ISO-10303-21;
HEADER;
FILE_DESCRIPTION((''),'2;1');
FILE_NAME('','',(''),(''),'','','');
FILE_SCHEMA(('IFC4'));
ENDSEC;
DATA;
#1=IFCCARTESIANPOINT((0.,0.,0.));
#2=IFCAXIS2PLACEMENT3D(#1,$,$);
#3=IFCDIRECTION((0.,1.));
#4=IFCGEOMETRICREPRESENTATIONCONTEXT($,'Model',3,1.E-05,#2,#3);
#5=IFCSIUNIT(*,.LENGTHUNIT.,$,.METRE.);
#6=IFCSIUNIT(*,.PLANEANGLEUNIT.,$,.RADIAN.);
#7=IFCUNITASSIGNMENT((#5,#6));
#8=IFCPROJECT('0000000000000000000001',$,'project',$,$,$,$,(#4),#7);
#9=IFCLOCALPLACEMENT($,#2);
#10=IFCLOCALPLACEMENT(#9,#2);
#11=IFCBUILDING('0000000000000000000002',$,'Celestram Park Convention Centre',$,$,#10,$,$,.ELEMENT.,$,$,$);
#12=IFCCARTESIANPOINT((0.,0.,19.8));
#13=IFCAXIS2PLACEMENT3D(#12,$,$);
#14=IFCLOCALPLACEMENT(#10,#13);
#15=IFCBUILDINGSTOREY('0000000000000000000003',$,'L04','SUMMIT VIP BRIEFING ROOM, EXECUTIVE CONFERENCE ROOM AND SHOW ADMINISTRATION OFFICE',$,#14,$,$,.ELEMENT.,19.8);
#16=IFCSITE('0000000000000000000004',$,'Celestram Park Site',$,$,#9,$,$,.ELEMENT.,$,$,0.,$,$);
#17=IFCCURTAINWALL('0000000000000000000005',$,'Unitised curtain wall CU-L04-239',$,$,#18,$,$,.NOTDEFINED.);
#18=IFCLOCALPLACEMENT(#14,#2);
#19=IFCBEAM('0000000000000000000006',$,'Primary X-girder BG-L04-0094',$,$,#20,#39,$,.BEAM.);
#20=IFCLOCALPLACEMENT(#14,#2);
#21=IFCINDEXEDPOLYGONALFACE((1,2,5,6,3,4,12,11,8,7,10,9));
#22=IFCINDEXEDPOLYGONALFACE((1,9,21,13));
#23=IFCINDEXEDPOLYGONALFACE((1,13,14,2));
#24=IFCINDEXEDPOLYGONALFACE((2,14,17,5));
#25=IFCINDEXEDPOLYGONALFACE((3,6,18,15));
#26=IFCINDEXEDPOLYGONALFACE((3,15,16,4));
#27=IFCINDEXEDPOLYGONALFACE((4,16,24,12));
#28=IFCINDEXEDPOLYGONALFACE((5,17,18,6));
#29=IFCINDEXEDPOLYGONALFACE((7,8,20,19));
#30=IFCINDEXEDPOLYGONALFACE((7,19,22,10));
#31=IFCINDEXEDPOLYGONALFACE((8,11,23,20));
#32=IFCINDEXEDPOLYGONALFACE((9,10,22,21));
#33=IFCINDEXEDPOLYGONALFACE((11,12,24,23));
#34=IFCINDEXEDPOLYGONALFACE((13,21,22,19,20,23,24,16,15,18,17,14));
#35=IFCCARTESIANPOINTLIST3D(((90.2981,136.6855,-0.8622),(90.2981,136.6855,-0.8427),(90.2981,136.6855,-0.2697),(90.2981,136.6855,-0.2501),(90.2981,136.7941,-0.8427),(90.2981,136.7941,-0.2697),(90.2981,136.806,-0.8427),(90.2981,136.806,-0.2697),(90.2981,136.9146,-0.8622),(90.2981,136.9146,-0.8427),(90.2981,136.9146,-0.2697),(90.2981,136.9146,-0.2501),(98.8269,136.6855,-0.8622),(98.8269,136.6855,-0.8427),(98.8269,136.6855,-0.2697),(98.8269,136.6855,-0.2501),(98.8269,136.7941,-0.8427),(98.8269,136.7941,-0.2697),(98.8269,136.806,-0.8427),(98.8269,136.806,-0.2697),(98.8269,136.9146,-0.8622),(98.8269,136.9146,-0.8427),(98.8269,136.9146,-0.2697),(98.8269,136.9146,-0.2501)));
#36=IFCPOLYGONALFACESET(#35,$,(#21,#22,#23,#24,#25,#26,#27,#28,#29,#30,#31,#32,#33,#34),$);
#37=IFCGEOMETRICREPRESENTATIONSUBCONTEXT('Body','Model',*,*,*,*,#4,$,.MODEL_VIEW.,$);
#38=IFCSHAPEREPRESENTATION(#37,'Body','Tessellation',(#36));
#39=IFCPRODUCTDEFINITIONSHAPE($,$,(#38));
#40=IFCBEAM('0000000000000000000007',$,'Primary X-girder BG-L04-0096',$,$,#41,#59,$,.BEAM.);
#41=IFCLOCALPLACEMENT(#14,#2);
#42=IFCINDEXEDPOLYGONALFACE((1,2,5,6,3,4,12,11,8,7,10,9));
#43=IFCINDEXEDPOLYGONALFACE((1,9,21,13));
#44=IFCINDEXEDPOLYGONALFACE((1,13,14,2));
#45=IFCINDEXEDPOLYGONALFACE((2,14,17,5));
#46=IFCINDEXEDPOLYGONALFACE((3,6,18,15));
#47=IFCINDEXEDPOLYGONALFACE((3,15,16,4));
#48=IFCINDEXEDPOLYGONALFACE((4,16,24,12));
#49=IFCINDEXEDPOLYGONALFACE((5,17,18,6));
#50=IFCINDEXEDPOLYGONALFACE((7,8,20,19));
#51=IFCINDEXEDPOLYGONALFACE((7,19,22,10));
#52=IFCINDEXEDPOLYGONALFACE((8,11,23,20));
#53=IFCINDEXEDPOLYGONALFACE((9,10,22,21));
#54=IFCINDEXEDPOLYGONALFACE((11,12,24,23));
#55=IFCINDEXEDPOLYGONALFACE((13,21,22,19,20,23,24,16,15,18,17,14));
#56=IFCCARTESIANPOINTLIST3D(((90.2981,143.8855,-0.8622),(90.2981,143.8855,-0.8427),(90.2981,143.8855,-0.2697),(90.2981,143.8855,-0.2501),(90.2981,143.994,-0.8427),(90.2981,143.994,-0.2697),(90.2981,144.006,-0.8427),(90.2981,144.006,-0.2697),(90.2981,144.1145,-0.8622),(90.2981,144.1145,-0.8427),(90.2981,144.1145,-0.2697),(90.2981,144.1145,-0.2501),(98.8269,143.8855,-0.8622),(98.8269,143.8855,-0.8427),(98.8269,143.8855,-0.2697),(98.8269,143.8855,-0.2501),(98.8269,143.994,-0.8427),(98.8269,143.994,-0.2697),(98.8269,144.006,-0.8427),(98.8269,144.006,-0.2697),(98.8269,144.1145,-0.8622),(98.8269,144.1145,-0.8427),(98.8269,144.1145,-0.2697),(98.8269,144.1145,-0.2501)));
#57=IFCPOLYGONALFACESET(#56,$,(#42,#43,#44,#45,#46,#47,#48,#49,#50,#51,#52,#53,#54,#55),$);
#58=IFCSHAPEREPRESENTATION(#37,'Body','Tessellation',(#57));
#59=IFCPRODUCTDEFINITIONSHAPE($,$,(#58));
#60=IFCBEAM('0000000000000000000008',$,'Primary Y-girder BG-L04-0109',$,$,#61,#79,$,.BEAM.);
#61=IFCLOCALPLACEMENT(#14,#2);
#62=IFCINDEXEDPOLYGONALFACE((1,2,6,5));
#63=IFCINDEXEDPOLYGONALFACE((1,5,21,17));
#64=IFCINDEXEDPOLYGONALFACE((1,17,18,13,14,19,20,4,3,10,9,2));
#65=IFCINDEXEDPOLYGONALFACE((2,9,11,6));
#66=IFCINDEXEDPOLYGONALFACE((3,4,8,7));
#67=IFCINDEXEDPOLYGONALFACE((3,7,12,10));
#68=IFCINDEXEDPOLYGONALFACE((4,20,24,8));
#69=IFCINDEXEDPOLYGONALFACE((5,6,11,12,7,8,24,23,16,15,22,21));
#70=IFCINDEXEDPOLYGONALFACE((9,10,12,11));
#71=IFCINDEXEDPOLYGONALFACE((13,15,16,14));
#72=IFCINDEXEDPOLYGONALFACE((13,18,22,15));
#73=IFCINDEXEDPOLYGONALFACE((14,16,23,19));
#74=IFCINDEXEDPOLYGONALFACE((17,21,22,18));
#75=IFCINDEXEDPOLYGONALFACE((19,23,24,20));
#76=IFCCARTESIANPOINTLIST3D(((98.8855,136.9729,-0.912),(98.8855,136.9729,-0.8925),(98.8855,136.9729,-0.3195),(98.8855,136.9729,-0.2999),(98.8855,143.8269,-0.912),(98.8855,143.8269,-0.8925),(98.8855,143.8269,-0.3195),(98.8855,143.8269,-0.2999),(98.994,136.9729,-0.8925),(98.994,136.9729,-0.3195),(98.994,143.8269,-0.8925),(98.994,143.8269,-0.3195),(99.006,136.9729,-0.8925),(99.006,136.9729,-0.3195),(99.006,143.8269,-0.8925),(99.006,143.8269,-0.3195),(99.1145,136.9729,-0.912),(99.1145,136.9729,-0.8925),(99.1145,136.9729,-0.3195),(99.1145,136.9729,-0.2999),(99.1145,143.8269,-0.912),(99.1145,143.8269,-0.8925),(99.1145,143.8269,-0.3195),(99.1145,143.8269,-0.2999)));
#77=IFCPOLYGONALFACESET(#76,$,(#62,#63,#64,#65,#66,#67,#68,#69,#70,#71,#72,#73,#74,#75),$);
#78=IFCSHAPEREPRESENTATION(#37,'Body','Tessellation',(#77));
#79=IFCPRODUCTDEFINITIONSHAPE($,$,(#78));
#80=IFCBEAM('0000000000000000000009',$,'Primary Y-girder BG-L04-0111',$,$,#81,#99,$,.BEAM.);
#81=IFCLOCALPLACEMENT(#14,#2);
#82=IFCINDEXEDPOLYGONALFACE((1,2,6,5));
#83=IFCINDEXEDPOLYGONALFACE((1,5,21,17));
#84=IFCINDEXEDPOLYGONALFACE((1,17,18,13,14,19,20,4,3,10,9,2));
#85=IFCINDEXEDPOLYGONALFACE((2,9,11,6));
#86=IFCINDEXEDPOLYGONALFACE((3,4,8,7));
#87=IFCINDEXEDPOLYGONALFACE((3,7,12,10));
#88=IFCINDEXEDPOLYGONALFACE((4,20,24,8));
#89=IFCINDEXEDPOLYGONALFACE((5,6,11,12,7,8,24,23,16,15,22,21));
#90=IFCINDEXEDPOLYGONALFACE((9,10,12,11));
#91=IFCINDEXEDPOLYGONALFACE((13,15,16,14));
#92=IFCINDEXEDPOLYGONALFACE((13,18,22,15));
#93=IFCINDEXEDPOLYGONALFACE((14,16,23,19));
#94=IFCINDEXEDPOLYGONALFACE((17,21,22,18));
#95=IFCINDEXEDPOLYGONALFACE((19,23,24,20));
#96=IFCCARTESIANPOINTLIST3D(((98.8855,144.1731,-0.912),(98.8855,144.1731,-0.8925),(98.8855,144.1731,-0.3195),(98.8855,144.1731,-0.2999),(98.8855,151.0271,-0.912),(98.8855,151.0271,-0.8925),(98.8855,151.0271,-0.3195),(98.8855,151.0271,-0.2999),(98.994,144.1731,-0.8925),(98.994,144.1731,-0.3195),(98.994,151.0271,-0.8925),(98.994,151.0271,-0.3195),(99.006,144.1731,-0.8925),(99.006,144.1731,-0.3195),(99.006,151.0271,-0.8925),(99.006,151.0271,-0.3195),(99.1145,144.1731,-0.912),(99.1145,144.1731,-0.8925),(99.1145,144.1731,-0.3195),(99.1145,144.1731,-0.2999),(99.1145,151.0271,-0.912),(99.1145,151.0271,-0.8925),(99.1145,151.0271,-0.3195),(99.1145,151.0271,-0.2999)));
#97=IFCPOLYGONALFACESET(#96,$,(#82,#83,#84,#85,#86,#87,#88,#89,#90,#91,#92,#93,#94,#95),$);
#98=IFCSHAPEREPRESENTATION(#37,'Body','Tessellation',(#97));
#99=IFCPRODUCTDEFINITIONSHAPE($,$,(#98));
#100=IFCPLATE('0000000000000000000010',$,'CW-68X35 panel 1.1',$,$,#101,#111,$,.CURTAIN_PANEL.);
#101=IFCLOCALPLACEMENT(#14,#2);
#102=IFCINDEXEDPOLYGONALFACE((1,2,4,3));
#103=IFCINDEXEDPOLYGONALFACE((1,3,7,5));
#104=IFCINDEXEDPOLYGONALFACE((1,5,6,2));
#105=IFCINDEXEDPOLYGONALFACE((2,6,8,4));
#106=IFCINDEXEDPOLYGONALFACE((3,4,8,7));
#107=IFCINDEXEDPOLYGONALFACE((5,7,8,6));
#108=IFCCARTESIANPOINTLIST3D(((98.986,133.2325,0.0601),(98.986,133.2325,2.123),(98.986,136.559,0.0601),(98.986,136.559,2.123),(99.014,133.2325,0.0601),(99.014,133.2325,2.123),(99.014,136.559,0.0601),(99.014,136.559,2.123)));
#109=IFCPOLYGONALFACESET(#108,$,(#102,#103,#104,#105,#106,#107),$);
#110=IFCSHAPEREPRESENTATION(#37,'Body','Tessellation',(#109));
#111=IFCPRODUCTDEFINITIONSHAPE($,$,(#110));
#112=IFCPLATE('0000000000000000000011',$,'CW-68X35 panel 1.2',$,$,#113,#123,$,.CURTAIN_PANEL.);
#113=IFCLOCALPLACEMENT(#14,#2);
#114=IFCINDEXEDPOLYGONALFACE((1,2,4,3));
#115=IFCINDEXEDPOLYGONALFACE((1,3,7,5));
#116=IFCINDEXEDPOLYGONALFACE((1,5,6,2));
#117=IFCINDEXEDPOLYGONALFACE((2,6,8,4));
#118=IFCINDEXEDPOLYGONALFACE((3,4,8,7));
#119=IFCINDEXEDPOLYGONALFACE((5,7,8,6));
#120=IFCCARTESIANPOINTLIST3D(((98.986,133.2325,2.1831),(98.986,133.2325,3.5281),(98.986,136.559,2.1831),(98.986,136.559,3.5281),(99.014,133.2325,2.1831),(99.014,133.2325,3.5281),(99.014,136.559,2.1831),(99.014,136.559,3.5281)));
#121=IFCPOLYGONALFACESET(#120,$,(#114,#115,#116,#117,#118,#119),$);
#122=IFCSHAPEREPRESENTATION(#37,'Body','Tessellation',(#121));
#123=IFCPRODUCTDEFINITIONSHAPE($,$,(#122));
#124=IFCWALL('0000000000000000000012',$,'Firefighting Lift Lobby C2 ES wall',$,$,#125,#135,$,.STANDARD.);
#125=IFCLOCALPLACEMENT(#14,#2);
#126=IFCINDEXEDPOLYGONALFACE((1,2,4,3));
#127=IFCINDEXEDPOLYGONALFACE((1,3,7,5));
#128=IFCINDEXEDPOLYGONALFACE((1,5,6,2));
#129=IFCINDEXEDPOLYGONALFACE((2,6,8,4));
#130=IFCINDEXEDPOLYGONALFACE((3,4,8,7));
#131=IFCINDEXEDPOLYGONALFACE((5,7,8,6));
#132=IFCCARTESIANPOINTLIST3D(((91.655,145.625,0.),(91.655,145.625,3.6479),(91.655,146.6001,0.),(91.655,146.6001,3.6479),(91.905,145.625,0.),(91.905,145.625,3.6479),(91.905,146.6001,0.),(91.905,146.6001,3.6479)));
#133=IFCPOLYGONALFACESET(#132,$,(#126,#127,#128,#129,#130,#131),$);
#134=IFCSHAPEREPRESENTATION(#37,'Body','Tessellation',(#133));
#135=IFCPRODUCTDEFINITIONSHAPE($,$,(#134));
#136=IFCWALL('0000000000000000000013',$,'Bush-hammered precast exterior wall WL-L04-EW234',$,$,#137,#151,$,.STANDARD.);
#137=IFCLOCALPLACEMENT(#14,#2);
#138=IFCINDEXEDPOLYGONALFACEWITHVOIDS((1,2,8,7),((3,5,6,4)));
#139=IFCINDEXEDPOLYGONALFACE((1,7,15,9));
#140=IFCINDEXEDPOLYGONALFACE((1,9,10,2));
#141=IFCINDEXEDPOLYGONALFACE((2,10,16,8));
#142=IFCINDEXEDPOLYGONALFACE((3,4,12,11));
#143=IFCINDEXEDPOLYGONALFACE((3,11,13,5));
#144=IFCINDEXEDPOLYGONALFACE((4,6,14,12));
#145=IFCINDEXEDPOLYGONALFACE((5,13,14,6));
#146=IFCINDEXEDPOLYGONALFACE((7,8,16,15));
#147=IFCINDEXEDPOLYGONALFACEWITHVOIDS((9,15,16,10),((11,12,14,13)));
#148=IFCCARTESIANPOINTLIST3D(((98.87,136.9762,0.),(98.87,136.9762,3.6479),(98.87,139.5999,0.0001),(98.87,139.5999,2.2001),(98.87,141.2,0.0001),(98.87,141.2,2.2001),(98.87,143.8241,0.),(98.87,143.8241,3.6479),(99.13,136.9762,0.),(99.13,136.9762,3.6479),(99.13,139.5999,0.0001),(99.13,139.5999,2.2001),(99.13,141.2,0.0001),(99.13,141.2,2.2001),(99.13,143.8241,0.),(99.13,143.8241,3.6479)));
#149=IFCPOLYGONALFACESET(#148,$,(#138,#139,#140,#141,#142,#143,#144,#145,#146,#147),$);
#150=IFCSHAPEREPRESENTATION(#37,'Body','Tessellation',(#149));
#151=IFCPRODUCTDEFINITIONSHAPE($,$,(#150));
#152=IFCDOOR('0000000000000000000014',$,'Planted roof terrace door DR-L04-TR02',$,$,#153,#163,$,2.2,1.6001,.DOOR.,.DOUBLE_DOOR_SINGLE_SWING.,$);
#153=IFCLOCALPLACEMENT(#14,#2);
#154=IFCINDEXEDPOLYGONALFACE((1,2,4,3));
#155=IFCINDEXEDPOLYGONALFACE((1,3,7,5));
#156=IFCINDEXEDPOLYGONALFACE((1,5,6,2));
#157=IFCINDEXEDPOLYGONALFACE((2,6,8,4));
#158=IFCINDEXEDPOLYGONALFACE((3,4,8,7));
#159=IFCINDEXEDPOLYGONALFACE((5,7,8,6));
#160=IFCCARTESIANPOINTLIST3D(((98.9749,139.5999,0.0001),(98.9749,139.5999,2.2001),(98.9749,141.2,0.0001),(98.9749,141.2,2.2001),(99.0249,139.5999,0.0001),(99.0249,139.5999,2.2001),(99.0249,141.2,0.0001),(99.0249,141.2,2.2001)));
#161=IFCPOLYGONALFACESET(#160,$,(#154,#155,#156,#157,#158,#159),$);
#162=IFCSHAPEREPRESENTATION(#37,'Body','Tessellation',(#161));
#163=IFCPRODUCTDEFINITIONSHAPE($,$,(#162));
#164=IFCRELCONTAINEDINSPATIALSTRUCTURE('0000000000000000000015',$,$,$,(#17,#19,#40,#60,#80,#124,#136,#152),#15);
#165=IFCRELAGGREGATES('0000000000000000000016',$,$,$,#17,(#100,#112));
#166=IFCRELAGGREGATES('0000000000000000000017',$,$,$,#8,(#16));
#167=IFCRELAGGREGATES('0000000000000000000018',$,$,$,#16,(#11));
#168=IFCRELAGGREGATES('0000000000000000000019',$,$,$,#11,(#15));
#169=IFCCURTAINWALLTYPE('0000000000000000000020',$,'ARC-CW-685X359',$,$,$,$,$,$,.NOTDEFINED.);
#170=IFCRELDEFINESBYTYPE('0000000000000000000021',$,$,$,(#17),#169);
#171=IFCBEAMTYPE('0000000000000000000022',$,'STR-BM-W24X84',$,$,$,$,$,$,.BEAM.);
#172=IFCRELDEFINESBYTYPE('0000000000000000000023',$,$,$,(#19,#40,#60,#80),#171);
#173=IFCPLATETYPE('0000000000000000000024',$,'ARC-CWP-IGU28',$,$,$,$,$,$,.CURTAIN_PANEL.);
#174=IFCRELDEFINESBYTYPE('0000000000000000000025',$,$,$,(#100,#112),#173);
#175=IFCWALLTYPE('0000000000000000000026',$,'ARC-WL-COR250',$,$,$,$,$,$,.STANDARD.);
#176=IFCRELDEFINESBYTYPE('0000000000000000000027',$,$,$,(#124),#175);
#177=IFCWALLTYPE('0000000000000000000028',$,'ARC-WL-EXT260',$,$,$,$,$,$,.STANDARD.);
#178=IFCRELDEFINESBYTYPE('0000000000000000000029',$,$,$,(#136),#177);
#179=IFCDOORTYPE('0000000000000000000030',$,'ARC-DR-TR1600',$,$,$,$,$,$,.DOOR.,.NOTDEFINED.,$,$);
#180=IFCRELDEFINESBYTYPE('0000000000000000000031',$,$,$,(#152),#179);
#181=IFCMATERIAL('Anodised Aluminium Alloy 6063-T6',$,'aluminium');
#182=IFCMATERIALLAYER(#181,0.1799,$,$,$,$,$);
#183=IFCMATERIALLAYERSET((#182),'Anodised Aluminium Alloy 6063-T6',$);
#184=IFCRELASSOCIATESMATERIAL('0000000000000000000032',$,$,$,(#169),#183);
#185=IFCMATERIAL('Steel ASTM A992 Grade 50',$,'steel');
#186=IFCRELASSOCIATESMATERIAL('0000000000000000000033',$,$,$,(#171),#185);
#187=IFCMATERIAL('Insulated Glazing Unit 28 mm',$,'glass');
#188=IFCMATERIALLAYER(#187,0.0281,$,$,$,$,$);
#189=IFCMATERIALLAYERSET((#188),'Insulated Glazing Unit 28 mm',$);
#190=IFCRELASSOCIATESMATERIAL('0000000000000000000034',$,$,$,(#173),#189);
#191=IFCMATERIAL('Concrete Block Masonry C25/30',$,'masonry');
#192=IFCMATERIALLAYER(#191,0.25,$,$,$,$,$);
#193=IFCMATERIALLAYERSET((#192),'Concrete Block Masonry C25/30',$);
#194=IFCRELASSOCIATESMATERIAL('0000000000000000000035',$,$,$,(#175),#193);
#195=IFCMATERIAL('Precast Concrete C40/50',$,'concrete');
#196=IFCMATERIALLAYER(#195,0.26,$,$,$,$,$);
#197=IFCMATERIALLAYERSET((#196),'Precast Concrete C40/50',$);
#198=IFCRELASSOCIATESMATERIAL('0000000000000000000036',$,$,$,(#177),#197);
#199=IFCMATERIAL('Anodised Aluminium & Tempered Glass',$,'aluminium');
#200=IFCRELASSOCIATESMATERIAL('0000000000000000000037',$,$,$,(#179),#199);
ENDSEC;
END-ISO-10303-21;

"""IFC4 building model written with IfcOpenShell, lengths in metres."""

from ifc_helpers import new_model, si_unit, direction, frame, frame_2d, origin, origin_2d, place, context, subcontext, project, spatial, rectangle, i_section, extrude, material, layer, layer_set, material_profile, profile_set, type_object, element, fill, aggregate, save


model = new_model("IFC4")

# Units and contexts
model_context = context("Model", 3, precision=1e-05, world=origin(), true_north=direction((0.0, 1.0)))
body_context = subcontext(model_context, "Body", "Model", "MODEL_VIEW")
ifc_project = project(units=[si_unit("LENGTHUNIT", "METRE"), si_unit("PLANEANGLEUNIT", "RADIAN")], contexts=[model_context])

# Site, building, storey
site_placement = place(None, origin())
site = spatial("IfcSite", under=ifc_project, at=site_placement, Name="Celestram Park Site", CompositionType="ELEMENT", RefElevation=0.0)
building_placement = place(site_placement, origin())
building = spatial("IfcBuilding", under=site, at=building_placement, Name="Celestram Park Convention Centre", CompositionType="ELEMENT")
storey_placement = place(building_placement, frame((0.0, 0.0, 19.8)))
storey = spatial("IfcBuildingStorey", under=building, at=storey_placement, Name="L04", Description="SUMMIT VIP BRIEFING ROOM, EXECUTIVE CONFERENCE ROOM AND SHOW ADMINISTRATION OFFICE", CompositionType="ELEMENT", Elevation=19.8)

# Shared definitions
ifc_material_1 = material(Name="Steel ASTM A992 Grade 50", Category="steel")

# Curtain wall
ifc_material_2 = material(Name="Anodised Aluminium Alloy 6063-T6", Category="aluminium")
ifc_layer_1 = layer(ifc_material_2, 0.1799)
ifc_layer_set_1 = layer_set([ifc_layer_1], Name="Anodised Aluminium Alloy 6063-T6")
curtain_wall_type = type_object("IfcCurtainWallType", Name="ARC-CW-685X359", PredefinedType="NOTDEFINED", material=ifc_layer_set_1)
curtain_wall_placement = place(storey_placement, origin())
curtain_wall = element("IfcCurtainWall", 1, at=curtain_wall_placement, inside=storey, type_object=curtain_wall_type, Name="Unitised curtain wall CU-L04-239", PredefinedType="NOTDEFINED")

# Beams
ifc_material_profile_1 = material_profile(ifc_material_1, i_section(OverallWidth=0.229, OverallDepth=0.6121, WebThickness=0.012, FlangeThickness=0.0195, at=origin_2d()), Name="W24X84")
ifc_profile_set_1 = profile_set([ifc_material_profile_1], Name="Steel ASTM A992 Grade 50")
beam_type = type_object("IfcBeamType", Name="STR-BM-W24X84", PredefinedType="BEAM", material=ifc_profile_set_1)
for number, where, z_axis, x_axis, name in (
    (2, (90.2981, 136.8, -0.5562), (1.0, 0.0, 0.0), (0.0, 1.0, 0.0), "Primary X-girder BG-L04-0094"),
    (3, (90.2981, 144.0, -0.5562), (1.0, 0.0, 0.0), (0.0, 1.0, 0.0), "Primary X-girder BG-L04-0096"),
):
    element("IfcBeam", number, at=place(storey_placement, frame(where, z_axis=z_axis, x_axis=x_axis)), inside=storey, type_object=beam_type, Name=name, PredefinedType="BEAM", context=body_context, shape_type="SweptSolid", body=[
        extrude(i_section(OverallWidth=0.229, OverallDepth=0.6121, WebThickness=0.012, FlangeThickness=0.0195, at=origin_2d()), origin(), (0.0, 0.0, 1.0), 8.5288),
    ])
for number, where, z_axis, x_axis, name in (
    (4, (99.0, 136.9729, -0.606), (0.0, 1.0, 0.0), (-1.0, 0.0, 0.0), "Primary Y-girder BG-L04-0109"),
    (5, (99.0, 144.1731, -0.606), (0.0, 1.0, 0.0), (-1.0, 0.0, 0.0), "Primary Y-girder BG-L04-0111"),
):
    element("IfcBeam", number, at=place(storey_placement, frame(where, z_axis=z_axis, x_axis=x_axis)), inside=storey, type_object=beam_type, Name=name, PredefinedType="BEAM", context=body_context, shape_type="SweptSolid", body=[
        extrude(i_section(OverallWidth=0.229, OverallDepth=0.6121, WebThickness=0.012, FlangeThickness=0.0195, at=origin_2d()), origin(), (0.0, 0.0, 1.0), 6.854),
    ])

# Plates
ifc_material_3 = material(Name="Insulated Glazing Unit 28 mm", Category="glass")
ifc_layer_2 = layer(ifc_material_3, 0.0281)
ifc_layer_set_2 = layer_set([ifc_layer_2], Name="Insulated Glazing Unit 28 mm")
plate_type = type_object("IfcPlateType", Name="ARC-CWP-IGU28", PredefinedType="CURTAIN_PANEL", material=ifc_layer_set_2)
plate_1_placement = place(storey_placement, frame((99.0, 134.8958, 0.0601), z_axis=(0.0, 0.0, 1.0), x_axis=(0.0, -1.0, 0.0)))
plate_1 = element("IfcPlate", 6, at=plate_1_placement, type_object=plate_type, Name="CW-68X35 panel 1.1", PredefinedType="CURTAIN_PANEL", context=body_context, shape_type="SweptSolid", body=[
    extrude(rectangle(XDim=3.3264, YDim=0.0281, at=origin_2d()), origin(), (0.0, 0.0, 1.0), 2.063),
])
plate_2_placement = place(storey_placement, frame((99.0, 134.8958, 2.1831), z_axis=(0.0, 0.0, 1.0), x_axis=(0.0, -1.0, 0.0)))
plate_2 = element("IfcPlate", 7, at=plate_2_placement, type_object=plate_type, Name="CW-68X35 panel 1.2", PredefinedType="CURTAIN_PANEL", context=body_context, shape_type="SweptSolid", body=[
    extrude(rectangle(XDim=3.3264, YDim=0.0281, at=origin_2d()), origin(), (0.0, 0.0, 1.0), 1.345),
])
aggregate(curtain_wall, [plate_1, plate_2])

# Wall
ifc_material_4 = material(Name="Concrete Block Masonry C25/30", Category="masonry")
ifc_layer_3 = layer(ifc_material_4, 0.25)
ifc_layer_set_3 = layer_set([ifc_layer_3], Name="Concrete Block Masonry C25/30")
wall_type_1 = type_object("IfcWallType", Name="ARC-WL-COR250", PredefinedType="STANDARD", material=ifc_layer_set_3)
wall_1_placement = place(storey_placement, frame((91.78, 145.625, 0.0), z_axis=(0.0, 0.0, 1.0), x_axis=(0.0, 1.0, 0.0)))
element("IfcWall", 8, at=wall_1_placement, inside=storey, type_object=wall_type_1, Name="Firefighting Lift Lobby C2 ES wall", PredefinedType="STANDARD", context=body_context, shape_type="SweptSolid", body=[
    extrude(rectangle(XDim=0.9751, YDim=0.25, at=frame_2d((0.4875, 0.0))), origin(), (0.0, 0.0, 1.0), 3.6479),
])

# Wall, opening, door
ifc_material_5 = material(Name="Precast Concrete C40/50", Category="concrete")
ifc_layer_4 = layer(ifc_material_5, 0.26)
ifc_layer_set_4 = layer_set([ifc_layer_4], Name="Precast Concrete C40/50")
wall_type_2 = type_object("IfcWallType", Name="ARC-WL-EXT260", PredefinedType="STANDARD", material=ifc_layer_set_4)
wall_2_placement = place(storey_placement, frame((99.0, 143.824, 0.0), z_axis=(0.0, 0.0, 1.0), x_axis=(0.0, -1.0, 0.0)))
wall_2 = element("IfcWall", 9, at=wall_2_placement, inside=storey, type_object=wall_type_2, Name="Bush-hammered precast exterior wall WL-L04-EW234", PredefinedType="STANDARD", context=body_context, shape_type="SweptSolid", body=[
    extrude(rectangle(XDim=6.8479, YDim=0.26, at=frame_2d((3.4238, 0.0))), origin(), (0.0, 0.0, 1.0), 3.6479),
])
opening_1_placement = place(wall_2_placement, frame((2.624, 0.0, 0.0)))
opening_1 = element("IfcOpeningElement", 10, at=opening_1_placement, cuts=wall_2, PredefinedType="OPENING", context=body_context, shape_type="SweptSolid", body=[
    extrude(rectangle(XDim=1.6001, YDim=2.2, at=frame_2d((0.8, 1.1001))), frame((0.0, 0.1399, 0.0), z_axis=(0.0, -1.0, 0.0), x_axis=(1.0, 0.0, 0.0)), (0.0, 0.0, 1.0), 0.28),
])
ifc_material_6 = material(Name="Anodised Aluminium & Tempered Glass", Category="aluminium")
door_type_1 = type_object("IfcDoorType", Name="ARC-DR-TR1600", OperationType="NOTDEFINED", PredefinedType="DOOR", material=ifc_material_6)
door_1_placement = place(opening_1_placement, origin())
door_1 = element("IfcDoor", 11, at=door_1_placement, inside=storey, type_object=door_type_1, Name="Planted roof terrace door DR-L04-TR02", OperationType="DOUBLE_DOOR_SINGLE_SWING", OverallHeight=2.2, OverallWidth=1.6001, PredefinedType="DOOR", context=body_context, shape_type="SweptSolid", body=[
    extrude(rectangle(XDim=1.6001, YDim=2.2, at=frame_2d((0.8, 1.1001))), frame((0.0, 0.0249, 0.0), z_axis=(0.0, -1.0, 0.0), x_axis=(1.0, 0.0, 0.0)), (0.0, 0.0, 1.0), 0.05),
])
fill(opening_1, door_1)

save(model, "model.ifc")
